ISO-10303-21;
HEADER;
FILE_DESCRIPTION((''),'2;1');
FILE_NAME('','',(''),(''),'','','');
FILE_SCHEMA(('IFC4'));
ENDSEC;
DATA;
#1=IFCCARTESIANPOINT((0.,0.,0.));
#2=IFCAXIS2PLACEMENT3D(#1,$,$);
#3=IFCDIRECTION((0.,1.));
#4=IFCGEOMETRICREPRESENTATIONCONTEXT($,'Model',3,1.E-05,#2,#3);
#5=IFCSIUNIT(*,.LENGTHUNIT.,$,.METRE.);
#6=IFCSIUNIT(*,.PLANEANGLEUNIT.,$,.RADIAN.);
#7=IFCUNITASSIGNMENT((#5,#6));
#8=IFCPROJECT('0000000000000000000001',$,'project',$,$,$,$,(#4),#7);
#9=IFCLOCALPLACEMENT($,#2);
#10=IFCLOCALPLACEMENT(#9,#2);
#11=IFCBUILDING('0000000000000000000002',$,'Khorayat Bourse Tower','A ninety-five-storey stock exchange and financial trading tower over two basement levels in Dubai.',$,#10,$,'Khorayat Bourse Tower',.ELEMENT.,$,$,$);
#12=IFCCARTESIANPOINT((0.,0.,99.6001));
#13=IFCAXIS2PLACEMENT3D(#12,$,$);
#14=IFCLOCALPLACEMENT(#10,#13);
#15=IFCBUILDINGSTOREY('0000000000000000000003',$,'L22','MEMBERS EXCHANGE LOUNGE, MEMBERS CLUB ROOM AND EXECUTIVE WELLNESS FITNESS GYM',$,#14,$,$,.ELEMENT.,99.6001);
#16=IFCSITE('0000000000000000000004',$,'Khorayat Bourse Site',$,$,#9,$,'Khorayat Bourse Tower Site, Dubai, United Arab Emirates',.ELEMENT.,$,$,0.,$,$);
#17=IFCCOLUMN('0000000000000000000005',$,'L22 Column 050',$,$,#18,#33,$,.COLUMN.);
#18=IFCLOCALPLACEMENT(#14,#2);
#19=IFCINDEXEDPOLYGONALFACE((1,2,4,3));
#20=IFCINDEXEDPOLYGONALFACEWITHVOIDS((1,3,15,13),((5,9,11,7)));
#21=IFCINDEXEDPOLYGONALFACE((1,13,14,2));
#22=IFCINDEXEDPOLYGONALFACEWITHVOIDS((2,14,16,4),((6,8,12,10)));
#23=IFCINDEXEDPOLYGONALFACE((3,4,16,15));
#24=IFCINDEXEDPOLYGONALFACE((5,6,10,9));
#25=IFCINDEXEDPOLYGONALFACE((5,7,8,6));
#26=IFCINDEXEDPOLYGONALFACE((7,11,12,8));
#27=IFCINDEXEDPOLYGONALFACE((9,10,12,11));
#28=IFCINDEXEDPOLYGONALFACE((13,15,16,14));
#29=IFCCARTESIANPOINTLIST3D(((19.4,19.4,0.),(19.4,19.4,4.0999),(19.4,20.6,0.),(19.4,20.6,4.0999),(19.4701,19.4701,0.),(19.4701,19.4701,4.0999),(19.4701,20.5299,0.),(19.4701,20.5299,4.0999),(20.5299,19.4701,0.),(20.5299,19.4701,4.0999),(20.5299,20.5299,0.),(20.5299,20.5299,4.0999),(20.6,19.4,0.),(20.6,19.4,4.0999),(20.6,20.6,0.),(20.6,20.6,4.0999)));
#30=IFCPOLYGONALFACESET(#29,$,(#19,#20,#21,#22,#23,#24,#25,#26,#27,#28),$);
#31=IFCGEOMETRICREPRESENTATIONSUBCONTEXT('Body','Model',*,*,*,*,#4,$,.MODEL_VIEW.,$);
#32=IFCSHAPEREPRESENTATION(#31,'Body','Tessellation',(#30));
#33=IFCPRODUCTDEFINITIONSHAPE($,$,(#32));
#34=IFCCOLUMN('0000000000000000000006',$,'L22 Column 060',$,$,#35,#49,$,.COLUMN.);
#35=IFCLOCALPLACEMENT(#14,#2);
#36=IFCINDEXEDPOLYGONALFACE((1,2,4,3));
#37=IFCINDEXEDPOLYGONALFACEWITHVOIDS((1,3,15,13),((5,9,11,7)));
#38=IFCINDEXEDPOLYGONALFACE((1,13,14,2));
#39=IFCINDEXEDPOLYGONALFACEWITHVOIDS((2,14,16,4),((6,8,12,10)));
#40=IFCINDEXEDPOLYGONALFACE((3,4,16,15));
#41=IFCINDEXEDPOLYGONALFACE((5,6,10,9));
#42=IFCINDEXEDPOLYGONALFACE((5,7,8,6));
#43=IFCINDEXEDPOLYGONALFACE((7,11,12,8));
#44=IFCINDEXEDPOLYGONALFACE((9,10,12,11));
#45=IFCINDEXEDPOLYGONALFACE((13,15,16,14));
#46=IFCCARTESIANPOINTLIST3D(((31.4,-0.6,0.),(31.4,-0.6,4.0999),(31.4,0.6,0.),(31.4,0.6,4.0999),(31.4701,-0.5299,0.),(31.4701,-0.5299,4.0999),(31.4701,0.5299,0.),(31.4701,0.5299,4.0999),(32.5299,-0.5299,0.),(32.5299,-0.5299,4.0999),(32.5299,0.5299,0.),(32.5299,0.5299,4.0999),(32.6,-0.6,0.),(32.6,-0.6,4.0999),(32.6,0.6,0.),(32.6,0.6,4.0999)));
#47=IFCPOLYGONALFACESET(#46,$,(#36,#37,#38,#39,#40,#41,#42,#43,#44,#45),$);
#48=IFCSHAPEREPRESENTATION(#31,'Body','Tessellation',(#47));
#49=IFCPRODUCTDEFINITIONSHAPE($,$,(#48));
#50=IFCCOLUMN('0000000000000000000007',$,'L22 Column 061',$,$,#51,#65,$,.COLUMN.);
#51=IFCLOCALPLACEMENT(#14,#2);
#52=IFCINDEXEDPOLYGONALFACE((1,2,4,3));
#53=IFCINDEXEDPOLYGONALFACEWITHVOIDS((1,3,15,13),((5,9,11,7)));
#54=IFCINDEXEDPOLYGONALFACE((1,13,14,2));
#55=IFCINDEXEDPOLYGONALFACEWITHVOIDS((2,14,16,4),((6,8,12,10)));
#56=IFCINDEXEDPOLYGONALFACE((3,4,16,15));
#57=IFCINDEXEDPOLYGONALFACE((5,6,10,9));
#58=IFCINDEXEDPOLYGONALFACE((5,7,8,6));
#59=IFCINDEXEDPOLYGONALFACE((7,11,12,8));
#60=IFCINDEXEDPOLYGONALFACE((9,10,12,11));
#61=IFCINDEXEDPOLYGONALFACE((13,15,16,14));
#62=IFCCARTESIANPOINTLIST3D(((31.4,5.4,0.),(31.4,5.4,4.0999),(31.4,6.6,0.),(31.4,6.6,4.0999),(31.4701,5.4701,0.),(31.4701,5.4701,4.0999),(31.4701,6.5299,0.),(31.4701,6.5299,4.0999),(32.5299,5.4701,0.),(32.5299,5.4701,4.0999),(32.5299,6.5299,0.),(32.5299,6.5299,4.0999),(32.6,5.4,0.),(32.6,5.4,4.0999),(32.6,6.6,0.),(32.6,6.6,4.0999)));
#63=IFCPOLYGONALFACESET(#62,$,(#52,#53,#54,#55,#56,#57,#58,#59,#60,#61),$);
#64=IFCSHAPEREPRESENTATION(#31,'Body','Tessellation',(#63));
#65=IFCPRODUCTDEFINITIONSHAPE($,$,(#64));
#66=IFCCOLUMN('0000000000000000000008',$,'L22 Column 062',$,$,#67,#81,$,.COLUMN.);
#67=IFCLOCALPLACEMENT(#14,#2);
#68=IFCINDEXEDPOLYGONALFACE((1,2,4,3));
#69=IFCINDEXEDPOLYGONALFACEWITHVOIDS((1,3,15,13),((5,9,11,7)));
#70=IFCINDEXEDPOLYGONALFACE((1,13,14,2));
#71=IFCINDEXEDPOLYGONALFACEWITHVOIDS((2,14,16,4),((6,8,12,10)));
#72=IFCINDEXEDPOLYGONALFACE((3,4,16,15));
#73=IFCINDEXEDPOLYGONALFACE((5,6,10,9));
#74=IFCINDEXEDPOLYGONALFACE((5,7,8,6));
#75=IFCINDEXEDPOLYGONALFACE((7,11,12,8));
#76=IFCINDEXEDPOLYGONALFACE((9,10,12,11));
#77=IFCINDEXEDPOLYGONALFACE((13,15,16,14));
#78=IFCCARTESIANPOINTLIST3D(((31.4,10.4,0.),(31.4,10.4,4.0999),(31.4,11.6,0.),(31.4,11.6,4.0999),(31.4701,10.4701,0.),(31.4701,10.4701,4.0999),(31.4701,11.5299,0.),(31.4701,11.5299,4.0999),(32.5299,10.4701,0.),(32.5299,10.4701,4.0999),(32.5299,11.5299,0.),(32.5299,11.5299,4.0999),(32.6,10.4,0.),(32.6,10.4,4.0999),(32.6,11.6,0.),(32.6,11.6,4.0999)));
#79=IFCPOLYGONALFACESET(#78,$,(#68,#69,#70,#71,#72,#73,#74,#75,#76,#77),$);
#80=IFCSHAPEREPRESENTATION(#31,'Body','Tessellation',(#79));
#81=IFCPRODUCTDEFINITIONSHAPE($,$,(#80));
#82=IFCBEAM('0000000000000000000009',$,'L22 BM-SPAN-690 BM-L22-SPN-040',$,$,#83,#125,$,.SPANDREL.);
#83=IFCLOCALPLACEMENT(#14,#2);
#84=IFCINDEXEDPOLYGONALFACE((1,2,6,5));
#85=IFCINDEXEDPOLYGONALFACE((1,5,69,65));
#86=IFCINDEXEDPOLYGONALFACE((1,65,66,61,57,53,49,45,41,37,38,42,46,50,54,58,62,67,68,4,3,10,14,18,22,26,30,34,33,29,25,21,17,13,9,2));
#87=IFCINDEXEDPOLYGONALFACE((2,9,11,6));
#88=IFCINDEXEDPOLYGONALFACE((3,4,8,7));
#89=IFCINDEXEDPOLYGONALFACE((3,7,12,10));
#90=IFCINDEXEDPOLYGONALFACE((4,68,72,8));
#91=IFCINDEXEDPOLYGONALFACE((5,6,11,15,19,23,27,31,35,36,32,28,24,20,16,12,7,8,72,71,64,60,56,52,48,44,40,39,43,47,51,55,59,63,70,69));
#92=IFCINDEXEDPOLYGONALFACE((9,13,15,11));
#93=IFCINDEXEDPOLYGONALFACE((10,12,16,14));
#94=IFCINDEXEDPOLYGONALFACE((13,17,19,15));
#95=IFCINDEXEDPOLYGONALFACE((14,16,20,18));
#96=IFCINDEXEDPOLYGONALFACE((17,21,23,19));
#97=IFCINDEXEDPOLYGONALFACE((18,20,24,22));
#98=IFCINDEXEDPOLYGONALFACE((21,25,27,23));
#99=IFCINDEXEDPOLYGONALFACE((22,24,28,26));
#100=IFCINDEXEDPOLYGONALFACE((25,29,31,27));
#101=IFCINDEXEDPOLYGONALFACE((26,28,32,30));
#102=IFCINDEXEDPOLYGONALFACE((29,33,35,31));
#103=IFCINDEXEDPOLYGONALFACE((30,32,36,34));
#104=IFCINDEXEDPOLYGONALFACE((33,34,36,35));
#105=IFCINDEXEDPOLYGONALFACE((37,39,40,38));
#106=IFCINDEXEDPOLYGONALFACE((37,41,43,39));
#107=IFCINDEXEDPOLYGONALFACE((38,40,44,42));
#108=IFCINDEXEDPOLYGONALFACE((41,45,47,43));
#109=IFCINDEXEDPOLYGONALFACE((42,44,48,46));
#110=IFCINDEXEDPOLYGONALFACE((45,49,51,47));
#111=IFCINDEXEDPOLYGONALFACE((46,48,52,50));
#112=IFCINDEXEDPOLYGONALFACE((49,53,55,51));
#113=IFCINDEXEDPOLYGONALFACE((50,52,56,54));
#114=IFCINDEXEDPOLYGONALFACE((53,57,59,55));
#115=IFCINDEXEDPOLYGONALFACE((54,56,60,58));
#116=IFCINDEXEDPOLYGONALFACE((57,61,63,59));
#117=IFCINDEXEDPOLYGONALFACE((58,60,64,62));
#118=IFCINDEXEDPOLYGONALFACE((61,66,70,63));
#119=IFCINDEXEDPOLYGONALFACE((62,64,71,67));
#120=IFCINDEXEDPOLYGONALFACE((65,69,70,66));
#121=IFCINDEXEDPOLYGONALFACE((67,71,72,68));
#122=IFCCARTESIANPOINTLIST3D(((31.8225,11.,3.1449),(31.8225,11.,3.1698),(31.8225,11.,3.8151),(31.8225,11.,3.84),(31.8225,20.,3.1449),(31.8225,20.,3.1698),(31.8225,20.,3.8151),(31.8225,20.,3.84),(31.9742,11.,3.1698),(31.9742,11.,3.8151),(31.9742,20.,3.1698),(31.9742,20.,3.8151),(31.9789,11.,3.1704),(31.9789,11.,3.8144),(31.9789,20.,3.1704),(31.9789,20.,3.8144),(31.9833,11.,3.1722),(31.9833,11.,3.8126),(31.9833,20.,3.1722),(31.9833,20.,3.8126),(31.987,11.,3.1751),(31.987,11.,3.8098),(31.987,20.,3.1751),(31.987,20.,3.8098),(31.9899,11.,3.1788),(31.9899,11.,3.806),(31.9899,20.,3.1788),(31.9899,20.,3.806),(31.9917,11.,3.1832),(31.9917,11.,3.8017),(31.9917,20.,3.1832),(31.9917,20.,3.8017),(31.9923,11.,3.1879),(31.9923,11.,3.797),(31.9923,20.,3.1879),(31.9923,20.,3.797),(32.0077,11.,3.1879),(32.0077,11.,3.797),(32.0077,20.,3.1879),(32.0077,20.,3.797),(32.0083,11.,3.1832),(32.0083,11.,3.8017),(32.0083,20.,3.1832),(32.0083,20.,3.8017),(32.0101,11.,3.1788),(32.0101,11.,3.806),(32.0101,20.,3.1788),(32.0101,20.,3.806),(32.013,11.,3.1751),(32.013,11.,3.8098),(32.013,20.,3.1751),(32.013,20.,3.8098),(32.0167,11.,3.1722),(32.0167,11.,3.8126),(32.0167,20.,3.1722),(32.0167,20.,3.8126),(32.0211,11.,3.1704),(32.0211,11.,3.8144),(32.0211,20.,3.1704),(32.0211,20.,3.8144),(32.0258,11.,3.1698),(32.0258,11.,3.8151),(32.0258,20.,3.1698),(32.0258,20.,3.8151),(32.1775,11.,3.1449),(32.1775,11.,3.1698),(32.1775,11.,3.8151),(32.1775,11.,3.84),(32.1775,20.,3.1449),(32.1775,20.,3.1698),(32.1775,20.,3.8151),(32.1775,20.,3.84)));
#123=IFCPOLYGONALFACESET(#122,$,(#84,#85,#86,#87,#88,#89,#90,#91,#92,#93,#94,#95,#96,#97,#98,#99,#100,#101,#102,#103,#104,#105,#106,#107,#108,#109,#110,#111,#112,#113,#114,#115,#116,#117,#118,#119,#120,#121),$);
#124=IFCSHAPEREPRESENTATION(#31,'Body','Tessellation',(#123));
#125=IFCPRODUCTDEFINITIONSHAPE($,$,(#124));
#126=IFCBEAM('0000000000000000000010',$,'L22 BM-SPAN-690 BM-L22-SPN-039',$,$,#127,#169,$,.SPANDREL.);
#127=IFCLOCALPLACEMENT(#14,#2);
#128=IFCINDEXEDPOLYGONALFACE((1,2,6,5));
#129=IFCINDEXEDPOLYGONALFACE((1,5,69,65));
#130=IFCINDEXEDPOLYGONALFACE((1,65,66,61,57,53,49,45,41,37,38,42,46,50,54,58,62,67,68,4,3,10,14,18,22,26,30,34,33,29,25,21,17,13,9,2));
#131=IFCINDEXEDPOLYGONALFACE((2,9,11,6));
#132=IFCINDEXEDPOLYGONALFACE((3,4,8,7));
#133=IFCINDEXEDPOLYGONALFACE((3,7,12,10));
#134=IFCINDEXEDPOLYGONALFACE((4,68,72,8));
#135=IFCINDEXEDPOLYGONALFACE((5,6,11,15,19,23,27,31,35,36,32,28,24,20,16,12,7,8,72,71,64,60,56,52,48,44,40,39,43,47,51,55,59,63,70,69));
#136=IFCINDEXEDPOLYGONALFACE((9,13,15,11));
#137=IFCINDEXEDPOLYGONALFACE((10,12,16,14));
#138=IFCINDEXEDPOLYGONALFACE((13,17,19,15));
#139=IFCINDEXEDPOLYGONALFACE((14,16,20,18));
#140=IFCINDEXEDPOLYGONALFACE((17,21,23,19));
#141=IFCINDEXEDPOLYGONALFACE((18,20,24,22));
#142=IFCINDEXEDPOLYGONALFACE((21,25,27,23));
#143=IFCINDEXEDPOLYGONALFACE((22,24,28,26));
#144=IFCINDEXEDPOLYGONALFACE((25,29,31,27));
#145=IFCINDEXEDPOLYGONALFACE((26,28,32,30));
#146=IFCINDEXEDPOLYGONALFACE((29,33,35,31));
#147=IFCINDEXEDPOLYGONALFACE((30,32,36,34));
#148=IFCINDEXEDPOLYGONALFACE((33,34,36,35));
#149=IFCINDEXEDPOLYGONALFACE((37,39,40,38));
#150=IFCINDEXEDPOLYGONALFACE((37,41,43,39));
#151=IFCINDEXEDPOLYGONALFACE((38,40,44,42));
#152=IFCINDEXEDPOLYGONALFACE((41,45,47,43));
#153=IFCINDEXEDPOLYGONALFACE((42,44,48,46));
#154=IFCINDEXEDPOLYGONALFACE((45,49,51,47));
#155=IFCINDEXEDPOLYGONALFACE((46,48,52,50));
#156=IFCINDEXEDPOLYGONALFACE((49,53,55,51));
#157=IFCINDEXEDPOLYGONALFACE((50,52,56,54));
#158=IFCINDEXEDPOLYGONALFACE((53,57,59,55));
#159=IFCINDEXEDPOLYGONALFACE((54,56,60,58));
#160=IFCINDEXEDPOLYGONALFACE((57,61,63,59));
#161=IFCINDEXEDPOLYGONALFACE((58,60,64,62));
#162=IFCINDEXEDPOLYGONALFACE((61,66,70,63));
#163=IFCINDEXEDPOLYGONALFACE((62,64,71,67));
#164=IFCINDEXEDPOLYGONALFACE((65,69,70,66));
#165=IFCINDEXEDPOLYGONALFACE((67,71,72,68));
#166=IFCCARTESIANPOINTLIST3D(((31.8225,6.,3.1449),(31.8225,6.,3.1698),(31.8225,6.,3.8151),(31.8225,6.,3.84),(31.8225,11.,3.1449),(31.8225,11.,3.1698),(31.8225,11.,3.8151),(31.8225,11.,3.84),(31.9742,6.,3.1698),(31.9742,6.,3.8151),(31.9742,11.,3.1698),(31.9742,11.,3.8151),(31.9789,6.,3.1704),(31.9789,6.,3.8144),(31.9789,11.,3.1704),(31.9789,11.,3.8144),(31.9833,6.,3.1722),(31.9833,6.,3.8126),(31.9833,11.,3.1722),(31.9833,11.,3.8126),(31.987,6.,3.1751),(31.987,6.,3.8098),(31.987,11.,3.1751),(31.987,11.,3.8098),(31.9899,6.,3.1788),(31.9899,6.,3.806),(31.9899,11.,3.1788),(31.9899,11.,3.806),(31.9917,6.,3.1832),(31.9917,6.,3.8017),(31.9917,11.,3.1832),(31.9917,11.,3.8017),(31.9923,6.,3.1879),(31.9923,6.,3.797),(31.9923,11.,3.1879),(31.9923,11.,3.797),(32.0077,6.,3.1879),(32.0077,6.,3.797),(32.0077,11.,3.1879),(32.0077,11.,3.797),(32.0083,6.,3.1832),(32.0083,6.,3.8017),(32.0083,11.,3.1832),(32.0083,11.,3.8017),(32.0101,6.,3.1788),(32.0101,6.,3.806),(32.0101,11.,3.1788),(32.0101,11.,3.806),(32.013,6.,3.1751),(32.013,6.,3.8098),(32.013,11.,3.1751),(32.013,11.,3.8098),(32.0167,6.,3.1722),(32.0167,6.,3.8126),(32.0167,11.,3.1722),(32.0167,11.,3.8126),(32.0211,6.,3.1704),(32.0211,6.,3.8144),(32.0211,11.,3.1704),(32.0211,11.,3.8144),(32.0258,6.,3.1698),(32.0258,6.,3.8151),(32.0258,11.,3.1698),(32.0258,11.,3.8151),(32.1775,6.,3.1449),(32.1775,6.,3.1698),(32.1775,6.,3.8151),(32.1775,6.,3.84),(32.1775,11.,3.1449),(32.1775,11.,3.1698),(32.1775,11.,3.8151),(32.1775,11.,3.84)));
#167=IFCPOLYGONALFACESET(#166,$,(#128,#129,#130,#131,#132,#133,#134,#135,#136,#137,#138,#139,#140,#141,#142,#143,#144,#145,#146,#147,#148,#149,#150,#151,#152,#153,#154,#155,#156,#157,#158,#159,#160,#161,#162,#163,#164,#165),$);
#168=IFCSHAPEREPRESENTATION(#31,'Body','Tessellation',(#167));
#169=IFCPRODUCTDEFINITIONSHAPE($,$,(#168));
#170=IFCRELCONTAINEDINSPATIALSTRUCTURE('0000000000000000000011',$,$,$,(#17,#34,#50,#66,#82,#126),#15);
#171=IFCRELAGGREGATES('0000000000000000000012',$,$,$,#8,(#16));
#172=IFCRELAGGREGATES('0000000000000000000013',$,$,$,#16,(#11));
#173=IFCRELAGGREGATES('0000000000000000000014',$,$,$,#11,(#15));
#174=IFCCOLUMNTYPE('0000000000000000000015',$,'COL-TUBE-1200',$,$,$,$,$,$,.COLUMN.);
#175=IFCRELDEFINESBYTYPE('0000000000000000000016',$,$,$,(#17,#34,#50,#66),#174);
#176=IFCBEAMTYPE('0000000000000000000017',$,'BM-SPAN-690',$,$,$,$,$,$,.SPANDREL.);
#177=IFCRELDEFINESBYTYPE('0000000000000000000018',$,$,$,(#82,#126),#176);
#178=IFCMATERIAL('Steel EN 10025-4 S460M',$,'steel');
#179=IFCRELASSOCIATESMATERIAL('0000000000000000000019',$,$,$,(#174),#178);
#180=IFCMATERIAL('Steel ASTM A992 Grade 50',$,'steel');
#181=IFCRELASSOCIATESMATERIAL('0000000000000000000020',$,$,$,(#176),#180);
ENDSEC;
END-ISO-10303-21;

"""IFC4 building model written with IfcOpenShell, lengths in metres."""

from ifc_helpers import new_model, si_unit, direction, frame, origin, origin_2d, place, context, subcontext, project, spatial, hollow_rectangle, i_section, extrude, source, transform, mapped, material, material_profile, profile_set, type_object, element, save


model = new_model("IFC4")

# Units and contexts
model_context = context("Model", 3, precision=1e-05, world=origin(), true_north=direction((0.0, 1.0)))
body_context = subcontext(model_context, "Body", "Model", "MODEL_VIEW")
ifc_project = project(units=[si_unit("LENGTHUNIT", "METRE"), si_unit("PLANEANGLEUNIT", "RADIAN")], contexts=[model_context])

# Site, building, storey
site_placement = place(None, origin())
site = spatial("IfcSite", under=ifc_project, at=site_placement, Name="Khorayat Bourse Site", LongName="Khorayat Bourse Tower Site, Dubai, United Arab Emirates", CompositionType="ELEMENT", RefElevation=0.0)
building_placement = place(site_placement, origin())
building = spatial("IfcBuilding", under=site, at=building_placement, Name="Khorayat Bourse Tower", Description="A ninety-five-storey stock exchange and financial trading tower over two basement levels in Dubai.", LongName="Khorayat Bourse Tower", CompositionType="ELEMENT")
storey_placement = place(building_placement, frame((0.0, 0.0, 99.6001)))
storey = spatial("IfcBuildingStorey", under=building, at=storey_placement, Name="L22", Description="MEMBERS EXCHANGE LOUNGE, MEMBERS CLUB ROOM AND EXECUTIVE WELLNESS FITNESS GYM", CompositionType="ELEMENT", Elevation=99.6001)

# Columns
ifc_material_1 = material(Name="Steel EN 10025-4 S460M", Category="steel")
ifc_material_profile_1 = material_profile(ifc_material_1, hollow_rectangle(XDim=1.2, YDim=1.2, WallThickness=0.0701, at=origin_2d()), Name="BOX 1200x1200x70")
ifc_profile_set_1 = profile_set([ifc_material_profile_1], Name="Steel EN 10025-4 S460M")
column_type = type_object("IfcColumnType", Name="COL-TUBE-1200", PredefinedType="COLUMN", material=ifc_profile_set_1)
shared_shape_1 = source(origin(), body_context, "Body", "SweptSolid", [
    extrude(hollow_rectangle(XDim=1.2, YDim=1.2, WallThickness=0.0701, at=origin_2d()), origin(), (0.0, 0.0, 1.0), 4.0999),
])
for number, where, z_axis, x_axis, name in (
    (1, (20.0, 20.0, 0.0), (0.0, 0.0, 1.0), (1.0, 0.0, 0.0), "L22 Column 050"),
    (2, (32.0, 0.0, 0.0), (0.0, 0.0, 1.0), (1.0, 0.0, 0.0), "L22 Column 060"),
    (3, (32.0, 6.0, 0.0), (0.0, 0.0, 1.0), (1.0, 0.0, 0.0), "L22 Column 061"),
    (4, (32.0, 11.0, 0.0), (0.0, 0.0, 1.0), (1.0, 0.0, 0.0), "L22 Column 062"),
):
    element("IfcColumn", number, at=place(storey_placement, frame(where, z_axis=z_axis, x_axis=x_axis)), inside=storey, type_object=column_type, Name=name, PredefinedType="COLUMN", context=body_context, shape_type="MappedRepresentation", body=[
        mapped(shared_shape_1, transform((0.0, 0.0, 0.0), scale=1.0)),
    ])

# Beams
ifc_material_2 = material(Name="Steel ASTM A992 Grade 50", Category="steel")
ifc_material_profile_2 = material_profile(ifc_material_2, i_section(OverallWidth=0.355, OverallDepth=0.6951, WebThickness=0.0154, FlangeThickness=0.0249, FilletRadius=0.0181, at=origin_2d()), Name="W690X217")
ifc_profile_set_2 = profile_set([ifc_material_profile_2], Name="Steel ASTM A992 Grade 50")
beam_type_1 = type_object("IfcBeamType", Name="BM-SPAN-690", PredefinedType="SPANDREL", material=ifc_profile_set_2)
shared_shape_2 = source(origin(), body_context, "Body", "SweptSolid", [
    extrude(i_section(OverallWidth=0.355, OverallDepth=0.6951, WebThickness=0.0154, FlangeThickness=0.0249, FilletRadius=0.0181, at=origin_2d()), origin(), (0.0, 0.0, 1.0), 9.0),
])
beam_1_placement = place(storey_placement, frame((32.0, 11.0, 3.4924), z_axis=(0.0, 1.0, 0.0), x_axis=(-1.0, 0.0, 0.0)))
element("IfcBeam", 5, at=beam_1_placement, inside=storey, type_object=beam_type_1, Name="L22 BM-SPAN-690 BM-L22-SPN-040", PredefinedType="SPANDREL", context=body_context, shape_type="MappedRepresentation", body=[
    mapped(shared_shape_2, transform((0.0, 0.0, 0.0), scale=1.0)),
])
shared_shape_3 = source(origin(), body_context, "Body", "SweptSolid", [
    extrude(i_section(OverallWidth=0.355, OverallDepth=0.6951, WebThickness=0.0154, FlangeThickness=0.0249, FilletRadius=0.0181, at=origin_2d()), origin(), (0.0, 0.0, 1.0), 5.0),
])
beam_2_placement = place(storey_placement, frame((32.0, 6.0, 3.4924), z_axis=(0.0, 1.0, 0.0), x_axis=(-1.0, 0.0, 0.0)))
element("IfcBeam", 6, at=beam_2_placement, inside=storey, type_object=beam_type_1, Name="L22 BM-SPAN-690 BM-L22-SPN-039", PredefinedType="SPANDREL", context=body_context, shape_type="MappedRepresentation", body=[
    mapped(shared_shape_3, transform((0.0, 0.0, 0.0), scale=1.0)),
])

save(model, "model.ifc")
